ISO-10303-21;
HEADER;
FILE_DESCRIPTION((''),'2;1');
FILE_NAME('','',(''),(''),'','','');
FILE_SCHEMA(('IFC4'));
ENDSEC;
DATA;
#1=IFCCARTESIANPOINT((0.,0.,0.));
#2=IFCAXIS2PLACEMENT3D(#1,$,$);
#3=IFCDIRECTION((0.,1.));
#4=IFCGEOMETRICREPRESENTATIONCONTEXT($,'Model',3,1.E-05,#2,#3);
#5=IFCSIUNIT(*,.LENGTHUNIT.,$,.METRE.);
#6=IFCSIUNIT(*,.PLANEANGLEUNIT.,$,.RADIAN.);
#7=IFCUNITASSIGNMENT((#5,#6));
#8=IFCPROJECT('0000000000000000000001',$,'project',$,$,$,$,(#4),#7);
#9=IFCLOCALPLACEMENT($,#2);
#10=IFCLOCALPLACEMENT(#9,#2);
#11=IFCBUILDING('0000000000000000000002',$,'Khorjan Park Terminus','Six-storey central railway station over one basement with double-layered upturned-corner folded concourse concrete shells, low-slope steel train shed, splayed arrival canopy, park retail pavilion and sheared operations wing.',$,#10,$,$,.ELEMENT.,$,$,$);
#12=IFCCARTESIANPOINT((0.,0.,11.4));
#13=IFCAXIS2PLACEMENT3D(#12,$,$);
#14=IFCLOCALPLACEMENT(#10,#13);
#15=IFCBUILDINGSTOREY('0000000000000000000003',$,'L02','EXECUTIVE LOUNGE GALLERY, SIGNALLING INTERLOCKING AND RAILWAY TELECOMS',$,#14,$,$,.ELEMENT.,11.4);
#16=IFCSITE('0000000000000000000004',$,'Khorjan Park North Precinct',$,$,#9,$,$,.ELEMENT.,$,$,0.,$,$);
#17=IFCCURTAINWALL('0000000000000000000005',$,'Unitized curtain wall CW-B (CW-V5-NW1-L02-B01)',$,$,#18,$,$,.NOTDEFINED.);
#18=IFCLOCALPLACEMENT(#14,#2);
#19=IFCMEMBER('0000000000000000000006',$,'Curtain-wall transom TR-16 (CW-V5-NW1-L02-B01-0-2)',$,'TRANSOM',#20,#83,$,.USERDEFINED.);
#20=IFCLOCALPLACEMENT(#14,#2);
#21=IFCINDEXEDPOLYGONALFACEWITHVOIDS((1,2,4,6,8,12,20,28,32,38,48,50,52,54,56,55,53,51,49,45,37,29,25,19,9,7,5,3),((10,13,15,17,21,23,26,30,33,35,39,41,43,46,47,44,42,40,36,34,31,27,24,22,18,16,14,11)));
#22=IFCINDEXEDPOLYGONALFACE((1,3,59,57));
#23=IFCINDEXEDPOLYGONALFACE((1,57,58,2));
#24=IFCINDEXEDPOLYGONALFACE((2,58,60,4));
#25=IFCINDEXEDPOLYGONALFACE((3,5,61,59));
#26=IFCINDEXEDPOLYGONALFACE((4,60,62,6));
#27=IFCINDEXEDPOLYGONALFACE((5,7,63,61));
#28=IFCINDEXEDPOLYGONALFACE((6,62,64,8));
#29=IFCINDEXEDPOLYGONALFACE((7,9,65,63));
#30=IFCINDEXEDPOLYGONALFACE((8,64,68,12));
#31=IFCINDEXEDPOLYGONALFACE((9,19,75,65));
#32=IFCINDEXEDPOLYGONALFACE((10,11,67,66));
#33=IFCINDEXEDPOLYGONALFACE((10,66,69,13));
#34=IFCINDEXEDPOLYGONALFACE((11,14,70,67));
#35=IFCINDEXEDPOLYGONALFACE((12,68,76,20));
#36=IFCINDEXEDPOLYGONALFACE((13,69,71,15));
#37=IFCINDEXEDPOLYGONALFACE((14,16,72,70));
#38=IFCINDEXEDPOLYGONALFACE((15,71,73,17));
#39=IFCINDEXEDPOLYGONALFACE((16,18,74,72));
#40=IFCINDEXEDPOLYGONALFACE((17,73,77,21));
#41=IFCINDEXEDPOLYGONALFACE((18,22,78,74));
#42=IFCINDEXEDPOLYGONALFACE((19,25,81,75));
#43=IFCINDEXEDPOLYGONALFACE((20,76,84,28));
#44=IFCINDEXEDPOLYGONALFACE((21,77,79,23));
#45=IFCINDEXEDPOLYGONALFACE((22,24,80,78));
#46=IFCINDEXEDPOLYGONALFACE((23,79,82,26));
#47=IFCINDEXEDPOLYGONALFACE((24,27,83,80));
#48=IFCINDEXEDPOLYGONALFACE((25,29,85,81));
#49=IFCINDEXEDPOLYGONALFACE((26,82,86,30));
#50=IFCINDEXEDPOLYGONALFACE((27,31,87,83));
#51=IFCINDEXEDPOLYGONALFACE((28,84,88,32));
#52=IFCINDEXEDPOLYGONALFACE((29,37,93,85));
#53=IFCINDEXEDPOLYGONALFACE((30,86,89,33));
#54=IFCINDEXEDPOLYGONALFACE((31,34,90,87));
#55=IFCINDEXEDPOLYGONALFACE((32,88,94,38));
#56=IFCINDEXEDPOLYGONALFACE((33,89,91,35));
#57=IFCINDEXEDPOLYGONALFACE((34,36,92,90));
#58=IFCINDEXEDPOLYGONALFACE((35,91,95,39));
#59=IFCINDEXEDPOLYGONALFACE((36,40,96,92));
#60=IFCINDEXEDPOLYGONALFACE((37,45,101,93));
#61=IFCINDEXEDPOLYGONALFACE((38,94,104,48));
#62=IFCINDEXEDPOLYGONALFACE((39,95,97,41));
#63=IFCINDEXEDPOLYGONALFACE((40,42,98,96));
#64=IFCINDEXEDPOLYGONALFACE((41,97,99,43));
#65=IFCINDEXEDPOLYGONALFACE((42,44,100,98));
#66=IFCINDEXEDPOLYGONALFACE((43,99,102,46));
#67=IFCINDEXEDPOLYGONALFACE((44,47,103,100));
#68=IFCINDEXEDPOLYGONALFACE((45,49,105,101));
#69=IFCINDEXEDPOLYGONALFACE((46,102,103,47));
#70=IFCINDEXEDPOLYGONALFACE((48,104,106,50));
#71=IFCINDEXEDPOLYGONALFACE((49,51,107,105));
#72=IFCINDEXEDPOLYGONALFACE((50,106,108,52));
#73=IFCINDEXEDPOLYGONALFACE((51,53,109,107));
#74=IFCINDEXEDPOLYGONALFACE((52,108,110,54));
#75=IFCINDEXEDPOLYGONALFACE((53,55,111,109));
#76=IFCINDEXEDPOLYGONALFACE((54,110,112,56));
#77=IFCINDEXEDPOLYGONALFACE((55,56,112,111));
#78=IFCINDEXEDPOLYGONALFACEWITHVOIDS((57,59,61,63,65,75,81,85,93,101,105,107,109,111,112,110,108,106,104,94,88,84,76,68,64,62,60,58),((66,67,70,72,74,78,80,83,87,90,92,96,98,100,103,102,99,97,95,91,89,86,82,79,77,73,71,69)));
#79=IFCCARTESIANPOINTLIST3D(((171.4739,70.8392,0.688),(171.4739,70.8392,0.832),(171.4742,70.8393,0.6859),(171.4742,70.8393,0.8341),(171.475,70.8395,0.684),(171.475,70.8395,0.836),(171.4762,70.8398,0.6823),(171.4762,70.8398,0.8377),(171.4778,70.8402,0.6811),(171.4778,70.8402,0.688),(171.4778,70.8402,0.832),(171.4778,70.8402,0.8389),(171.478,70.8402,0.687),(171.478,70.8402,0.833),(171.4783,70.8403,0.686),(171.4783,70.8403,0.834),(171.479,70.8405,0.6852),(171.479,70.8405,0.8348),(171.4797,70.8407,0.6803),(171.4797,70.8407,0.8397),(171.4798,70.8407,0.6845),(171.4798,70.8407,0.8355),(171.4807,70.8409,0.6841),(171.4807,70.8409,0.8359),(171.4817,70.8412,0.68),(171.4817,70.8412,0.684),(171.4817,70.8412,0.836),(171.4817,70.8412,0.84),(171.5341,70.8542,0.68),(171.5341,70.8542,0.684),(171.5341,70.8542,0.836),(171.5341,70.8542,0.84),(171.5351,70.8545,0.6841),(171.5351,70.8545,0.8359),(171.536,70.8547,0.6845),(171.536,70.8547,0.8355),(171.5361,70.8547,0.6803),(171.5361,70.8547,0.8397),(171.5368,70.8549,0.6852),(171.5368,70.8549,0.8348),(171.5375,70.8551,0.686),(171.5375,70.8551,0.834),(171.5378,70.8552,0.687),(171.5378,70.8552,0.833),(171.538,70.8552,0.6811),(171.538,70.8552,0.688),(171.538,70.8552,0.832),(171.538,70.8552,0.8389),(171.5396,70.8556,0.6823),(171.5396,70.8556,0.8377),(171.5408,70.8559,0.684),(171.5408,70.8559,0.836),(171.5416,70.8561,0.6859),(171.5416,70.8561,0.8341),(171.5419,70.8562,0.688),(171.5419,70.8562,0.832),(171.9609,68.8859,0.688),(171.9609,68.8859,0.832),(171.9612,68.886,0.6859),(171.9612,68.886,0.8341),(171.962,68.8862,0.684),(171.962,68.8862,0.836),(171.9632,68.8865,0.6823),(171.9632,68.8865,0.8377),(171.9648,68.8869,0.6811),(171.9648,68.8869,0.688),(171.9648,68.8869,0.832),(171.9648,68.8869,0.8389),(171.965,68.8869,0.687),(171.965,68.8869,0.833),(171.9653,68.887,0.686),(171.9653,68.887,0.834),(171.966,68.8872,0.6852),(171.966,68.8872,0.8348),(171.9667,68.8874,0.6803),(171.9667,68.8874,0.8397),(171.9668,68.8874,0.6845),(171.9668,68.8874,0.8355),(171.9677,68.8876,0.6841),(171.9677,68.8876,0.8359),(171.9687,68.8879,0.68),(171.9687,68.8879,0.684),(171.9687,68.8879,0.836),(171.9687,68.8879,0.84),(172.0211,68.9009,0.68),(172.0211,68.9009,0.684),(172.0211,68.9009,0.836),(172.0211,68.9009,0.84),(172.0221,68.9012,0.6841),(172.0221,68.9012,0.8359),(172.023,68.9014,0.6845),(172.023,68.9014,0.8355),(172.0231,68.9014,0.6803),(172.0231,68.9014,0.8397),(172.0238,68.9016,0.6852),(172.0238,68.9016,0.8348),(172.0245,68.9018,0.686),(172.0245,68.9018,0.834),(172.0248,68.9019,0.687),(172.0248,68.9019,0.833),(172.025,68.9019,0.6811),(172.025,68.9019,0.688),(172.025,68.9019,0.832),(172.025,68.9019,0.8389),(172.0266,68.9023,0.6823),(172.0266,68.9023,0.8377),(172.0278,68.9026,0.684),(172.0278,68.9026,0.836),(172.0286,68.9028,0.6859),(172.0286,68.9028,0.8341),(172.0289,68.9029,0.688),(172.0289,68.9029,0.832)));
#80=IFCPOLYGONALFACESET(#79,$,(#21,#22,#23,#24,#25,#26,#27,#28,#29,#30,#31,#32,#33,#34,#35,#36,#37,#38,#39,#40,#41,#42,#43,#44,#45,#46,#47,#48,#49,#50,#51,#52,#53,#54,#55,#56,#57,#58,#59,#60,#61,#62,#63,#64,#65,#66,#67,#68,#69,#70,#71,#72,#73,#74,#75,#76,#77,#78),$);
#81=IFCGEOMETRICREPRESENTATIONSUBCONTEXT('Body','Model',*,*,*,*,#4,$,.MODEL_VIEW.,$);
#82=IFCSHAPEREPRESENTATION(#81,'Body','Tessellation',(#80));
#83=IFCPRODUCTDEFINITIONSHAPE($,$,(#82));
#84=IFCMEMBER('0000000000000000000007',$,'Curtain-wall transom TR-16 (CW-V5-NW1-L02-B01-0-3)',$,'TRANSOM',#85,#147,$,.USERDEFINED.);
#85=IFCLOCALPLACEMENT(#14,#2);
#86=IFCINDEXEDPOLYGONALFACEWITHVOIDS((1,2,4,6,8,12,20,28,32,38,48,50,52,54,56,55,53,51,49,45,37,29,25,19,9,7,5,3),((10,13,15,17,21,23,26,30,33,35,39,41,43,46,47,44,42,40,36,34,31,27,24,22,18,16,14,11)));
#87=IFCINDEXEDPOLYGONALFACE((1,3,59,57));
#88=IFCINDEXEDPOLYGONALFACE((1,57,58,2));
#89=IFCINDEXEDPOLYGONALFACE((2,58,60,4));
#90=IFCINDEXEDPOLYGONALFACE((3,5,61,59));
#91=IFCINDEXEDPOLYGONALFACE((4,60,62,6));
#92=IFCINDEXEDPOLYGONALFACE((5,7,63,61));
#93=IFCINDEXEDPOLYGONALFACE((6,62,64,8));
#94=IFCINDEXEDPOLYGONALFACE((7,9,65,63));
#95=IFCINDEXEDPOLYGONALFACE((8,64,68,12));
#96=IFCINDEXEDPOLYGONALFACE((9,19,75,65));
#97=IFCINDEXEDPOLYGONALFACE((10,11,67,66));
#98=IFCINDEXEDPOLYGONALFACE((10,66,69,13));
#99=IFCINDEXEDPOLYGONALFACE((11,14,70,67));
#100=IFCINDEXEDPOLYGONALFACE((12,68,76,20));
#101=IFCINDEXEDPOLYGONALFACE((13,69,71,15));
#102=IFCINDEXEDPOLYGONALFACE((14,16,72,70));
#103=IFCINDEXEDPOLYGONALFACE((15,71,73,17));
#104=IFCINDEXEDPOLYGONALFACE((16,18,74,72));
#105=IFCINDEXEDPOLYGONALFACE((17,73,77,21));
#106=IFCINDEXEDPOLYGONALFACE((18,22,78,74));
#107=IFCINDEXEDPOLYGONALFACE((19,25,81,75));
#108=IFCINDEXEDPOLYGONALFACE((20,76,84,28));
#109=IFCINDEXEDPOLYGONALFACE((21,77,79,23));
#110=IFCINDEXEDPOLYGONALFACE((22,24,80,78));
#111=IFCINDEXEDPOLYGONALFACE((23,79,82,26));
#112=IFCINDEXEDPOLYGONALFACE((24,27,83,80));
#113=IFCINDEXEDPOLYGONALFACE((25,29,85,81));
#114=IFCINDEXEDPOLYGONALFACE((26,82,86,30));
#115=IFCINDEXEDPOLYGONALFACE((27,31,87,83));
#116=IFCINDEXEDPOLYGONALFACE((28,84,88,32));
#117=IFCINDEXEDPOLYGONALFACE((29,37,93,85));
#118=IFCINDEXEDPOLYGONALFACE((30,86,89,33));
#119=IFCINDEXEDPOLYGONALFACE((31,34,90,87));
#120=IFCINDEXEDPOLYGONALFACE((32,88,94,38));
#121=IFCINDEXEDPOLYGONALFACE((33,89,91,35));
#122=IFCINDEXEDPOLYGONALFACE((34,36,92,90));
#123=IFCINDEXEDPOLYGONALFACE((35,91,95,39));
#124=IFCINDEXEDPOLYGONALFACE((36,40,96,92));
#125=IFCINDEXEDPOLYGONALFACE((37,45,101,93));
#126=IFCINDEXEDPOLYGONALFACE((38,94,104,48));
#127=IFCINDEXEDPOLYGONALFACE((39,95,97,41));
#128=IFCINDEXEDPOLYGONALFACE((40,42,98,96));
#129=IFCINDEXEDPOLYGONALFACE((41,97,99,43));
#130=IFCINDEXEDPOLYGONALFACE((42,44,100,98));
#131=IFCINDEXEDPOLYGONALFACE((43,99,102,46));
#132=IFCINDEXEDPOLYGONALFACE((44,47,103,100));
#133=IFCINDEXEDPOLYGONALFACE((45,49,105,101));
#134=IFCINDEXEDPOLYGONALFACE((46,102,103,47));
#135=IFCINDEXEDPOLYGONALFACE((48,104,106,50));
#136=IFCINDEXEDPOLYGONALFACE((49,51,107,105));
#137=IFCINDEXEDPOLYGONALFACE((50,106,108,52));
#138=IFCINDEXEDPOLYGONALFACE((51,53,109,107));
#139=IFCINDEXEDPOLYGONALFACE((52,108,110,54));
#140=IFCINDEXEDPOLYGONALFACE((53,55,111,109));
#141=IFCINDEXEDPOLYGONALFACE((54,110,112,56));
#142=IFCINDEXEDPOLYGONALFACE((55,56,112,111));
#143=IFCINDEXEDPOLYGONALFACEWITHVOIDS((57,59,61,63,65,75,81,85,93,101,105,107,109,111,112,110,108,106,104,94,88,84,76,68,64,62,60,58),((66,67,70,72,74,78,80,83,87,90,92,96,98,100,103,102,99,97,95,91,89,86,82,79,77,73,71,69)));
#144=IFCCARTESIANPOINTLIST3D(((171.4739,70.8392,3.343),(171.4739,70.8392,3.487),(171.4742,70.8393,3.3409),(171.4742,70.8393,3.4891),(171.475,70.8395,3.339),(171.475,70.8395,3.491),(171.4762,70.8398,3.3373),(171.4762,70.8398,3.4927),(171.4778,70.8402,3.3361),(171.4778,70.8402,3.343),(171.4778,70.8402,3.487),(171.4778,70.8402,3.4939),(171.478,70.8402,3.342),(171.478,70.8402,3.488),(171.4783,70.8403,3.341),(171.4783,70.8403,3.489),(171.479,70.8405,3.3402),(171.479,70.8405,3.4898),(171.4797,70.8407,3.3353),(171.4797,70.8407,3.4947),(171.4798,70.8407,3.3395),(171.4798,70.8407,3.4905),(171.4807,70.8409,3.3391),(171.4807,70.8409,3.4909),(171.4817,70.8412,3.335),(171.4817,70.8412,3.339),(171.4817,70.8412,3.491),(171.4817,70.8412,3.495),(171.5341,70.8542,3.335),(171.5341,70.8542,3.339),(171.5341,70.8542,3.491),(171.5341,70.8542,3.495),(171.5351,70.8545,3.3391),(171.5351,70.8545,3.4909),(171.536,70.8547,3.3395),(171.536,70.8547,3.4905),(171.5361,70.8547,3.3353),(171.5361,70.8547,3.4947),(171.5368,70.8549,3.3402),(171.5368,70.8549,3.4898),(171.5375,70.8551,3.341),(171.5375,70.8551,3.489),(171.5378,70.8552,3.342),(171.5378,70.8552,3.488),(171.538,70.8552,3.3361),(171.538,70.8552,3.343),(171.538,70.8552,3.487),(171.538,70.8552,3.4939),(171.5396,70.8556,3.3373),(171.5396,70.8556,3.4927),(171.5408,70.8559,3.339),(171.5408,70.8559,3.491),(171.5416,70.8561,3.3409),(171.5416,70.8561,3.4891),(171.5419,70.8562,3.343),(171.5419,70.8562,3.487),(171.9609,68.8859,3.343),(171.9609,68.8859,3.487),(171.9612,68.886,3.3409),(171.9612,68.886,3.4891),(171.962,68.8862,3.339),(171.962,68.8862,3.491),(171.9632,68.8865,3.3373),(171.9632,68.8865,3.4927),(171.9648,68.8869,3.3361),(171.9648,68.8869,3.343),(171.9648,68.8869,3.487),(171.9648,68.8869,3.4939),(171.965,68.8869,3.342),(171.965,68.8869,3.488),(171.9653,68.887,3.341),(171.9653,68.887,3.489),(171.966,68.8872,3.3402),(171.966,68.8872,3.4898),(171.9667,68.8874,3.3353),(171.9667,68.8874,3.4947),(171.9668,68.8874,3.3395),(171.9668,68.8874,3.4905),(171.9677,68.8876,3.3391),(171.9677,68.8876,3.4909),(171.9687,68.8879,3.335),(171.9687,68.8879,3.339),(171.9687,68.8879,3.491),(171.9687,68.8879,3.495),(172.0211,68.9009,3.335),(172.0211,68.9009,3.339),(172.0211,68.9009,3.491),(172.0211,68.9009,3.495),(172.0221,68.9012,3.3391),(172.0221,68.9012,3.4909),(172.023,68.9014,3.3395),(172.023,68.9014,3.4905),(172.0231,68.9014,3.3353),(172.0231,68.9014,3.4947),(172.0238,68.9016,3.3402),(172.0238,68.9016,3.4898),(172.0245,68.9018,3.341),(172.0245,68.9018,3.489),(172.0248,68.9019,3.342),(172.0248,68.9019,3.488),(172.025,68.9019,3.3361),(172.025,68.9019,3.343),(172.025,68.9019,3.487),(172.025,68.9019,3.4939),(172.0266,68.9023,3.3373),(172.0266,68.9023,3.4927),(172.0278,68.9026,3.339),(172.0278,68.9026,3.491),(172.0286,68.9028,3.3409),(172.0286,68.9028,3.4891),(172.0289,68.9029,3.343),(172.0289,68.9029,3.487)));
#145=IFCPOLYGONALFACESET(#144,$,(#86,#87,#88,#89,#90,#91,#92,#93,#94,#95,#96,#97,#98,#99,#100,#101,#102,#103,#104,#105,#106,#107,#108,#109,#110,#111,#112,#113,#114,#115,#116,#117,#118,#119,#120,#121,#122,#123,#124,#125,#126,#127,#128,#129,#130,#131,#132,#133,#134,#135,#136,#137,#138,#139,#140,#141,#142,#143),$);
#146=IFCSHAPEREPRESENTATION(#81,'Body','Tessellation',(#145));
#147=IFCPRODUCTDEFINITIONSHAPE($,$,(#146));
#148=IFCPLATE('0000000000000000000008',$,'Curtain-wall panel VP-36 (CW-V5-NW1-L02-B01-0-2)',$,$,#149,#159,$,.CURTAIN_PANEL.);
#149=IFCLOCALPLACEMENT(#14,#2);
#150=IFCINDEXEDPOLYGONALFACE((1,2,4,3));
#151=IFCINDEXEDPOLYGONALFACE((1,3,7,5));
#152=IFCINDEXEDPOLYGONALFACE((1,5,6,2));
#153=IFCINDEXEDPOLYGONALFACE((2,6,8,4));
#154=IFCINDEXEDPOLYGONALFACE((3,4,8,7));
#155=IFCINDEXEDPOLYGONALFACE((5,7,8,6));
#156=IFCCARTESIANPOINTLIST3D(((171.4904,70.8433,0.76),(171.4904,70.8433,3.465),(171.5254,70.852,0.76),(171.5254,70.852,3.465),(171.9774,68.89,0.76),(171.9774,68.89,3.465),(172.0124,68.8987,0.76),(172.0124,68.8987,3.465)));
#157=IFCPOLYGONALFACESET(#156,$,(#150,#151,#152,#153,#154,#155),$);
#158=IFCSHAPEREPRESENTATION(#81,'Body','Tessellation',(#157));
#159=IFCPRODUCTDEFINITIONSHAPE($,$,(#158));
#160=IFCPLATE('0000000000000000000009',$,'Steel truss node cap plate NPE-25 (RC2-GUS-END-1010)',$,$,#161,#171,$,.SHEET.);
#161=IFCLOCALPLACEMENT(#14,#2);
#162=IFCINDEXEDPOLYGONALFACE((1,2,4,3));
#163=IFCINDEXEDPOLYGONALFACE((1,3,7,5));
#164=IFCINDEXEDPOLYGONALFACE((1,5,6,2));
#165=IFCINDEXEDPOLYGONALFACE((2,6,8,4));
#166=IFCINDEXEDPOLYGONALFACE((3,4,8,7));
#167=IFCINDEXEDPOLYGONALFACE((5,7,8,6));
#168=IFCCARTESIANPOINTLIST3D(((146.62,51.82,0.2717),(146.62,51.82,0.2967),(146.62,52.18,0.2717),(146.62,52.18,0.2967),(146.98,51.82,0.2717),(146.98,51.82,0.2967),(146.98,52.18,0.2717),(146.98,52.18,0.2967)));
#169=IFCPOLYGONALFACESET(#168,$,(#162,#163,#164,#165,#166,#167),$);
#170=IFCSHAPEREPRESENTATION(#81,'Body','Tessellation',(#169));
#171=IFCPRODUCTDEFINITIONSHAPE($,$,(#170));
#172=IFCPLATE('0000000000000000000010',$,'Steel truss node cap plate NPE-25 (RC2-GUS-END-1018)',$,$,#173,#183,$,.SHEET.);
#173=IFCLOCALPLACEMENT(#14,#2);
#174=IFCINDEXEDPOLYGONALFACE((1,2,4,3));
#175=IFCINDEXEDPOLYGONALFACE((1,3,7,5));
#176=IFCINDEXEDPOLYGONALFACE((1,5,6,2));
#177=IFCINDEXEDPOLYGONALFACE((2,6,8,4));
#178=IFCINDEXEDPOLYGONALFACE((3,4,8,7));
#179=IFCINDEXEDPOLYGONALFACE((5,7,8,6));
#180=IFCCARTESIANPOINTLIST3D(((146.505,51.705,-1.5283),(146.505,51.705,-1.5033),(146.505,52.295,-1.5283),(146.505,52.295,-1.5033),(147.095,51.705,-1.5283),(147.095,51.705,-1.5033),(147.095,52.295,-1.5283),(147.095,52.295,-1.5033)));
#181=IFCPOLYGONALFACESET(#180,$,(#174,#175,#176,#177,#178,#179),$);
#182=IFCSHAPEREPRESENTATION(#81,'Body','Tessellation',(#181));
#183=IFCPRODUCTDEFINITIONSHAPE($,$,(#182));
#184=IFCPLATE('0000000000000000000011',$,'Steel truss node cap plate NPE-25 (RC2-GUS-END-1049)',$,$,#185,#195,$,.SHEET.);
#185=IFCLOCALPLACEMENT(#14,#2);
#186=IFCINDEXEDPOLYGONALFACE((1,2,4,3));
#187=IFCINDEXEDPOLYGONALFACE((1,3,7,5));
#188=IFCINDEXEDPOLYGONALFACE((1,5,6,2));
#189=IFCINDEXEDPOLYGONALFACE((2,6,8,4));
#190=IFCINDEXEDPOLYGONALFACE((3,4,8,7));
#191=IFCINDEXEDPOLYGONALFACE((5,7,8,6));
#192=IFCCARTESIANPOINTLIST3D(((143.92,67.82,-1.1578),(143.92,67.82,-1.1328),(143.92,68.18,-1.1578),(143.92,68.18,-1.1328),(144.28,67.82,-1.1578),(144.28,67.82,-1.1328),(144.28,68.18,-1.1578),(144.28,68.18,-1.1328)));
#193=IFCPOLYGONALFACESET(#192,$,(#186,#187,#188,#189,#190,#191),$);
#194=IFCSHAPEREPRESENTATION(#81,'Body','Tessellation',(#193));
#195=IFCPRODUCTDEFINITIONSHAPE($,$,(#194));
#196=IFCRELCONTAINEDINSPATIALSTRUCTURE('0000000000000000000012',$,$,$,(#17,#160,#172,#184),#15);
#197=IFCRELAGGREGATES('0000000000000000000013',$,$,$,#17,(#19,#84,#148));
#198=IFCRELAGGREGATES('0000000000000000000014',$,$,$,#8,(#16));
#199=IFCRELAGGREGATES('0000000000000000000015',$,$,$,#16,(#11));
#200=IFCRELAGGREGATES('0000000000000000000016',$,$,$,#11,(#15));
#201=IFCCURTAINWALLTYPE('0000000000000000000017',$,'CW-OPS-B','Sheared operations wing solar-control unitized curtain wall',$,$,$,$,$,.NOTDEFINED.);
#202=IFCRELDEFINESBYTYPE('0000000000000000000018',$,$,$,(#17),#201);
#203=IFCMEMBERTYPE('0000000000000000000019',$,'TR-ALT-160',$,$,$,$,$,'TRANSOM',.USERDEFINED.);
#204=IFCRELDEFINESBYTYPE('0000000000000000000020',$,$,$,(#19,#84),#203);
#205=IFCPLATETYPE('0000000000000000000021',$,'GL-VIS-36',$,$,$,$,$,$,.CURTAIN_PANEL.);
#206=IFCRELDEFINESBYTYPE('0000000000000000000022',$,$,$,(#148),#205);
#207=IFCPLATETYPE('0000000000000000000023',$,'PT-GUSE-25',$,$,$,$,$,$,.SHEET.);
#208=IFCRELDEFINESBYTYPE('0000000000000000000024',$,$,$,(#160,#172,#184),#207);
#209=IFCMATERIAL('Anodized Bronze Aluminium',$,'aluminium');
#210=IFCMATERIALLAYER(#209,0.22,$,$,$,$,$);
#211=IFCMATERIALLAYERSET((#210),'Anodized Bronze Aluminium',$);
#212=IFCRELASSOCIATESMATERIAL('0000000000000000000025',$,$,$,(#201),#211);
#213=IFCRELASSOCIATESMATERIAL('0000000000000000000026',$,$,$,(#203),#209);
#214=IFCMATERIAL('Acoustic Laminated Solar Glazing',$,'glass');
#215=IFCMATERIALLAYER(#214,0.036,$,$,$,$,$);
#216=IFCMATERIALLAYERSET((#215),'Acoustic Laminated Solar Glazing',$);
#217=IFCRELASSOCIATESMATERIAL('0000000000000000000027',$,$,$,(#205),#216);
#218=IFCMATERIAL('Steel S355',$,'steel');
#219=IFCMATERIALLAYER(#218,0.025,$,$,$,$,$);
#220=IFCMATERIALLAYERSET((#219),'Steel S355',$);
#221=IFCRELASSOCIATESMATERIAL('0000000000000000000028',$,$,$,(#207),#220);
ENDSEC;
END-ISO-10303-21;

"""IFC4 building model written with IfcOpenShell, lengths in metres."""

from ifc_helpers import new_model, si_unit, direction, frame, origin, origin_2d, place, context, subcontext, project, spatial, rectangle, hollow_rectangle, extrude, material, layer, layer_set, material_profile, profile_set, type_object, element, aggregate, save


model = new_model("IFC4")

# Units and contexts
model_context = context("Model", 3, precision=1e-05, world=origin(), true_north=direction((0.0, 1.0)))
body_context = subcontext(model_context, "Body", "Model", "MODEL_VIEW")
ifc_project = project(units=[si_unit("LENGTHUNIT", "METRE"), si_unit("PLANEANGLEUNIT", "RADIAN")], contexts=[model_context])

# Site, building, storey
site_placement = place(None, origin())
site = spatial("IfcSite", under=ifc_project, at=site_placement, Name="Khorjan Park North Precinct", CompositionType="ELEMENT", RefElevation=0.0)
building_placement = place(site_placement, origin())
building = spatial("IfcBuilding", under=site, at=building_placement, Name="Khorjan Park Terminus", Description="Six-storey central railway station over one basement with double-layered upturned-corner folded concourse concrete shells, low-slope steel train shed, splayed arrival canopy, park retail pavilion and sheared operations wing.", CompositionType="ELEMENT")
storey_placement = place(building_placement, frame((0.0, 0.0, 11.4)))
storey = spatial("IfcBuildingStorey", under=building, at=storey_placement, Name="L02", Description="EXECUTIVE LOUNGE GALLERY, SIGNALLING INTERLOCKING AND RAILWAY TELECOMS", CompositionType="ELEMENT", Elevation=11.4)

# Shared definitions
ifc_material_1 = material(Name="Steel S355", Category="steel")

# Curtain wall
ifc_material_2 = material(Name="Anodized Bronze Aluminium", Category="aluminium")
ifc_layer_1 = layer(ifc_material_2, 0.22)
ifc_layer_set_1 = layer_set([ifc_layer_1], Name="Anodized Bronze Aluminium")
curtain_wall_type = type_object("IfcCurtainWallType", Name="CW-OPS-B", Description="Sheared operations wing solar-control unitized curtain wall", PredefinedType="NOTDEFINED", material=ifc_layer_set_1)
curtain_wall_placement = place(storey_placement, origin())
curtain_wall = element("IfcCurtainWall", 1, at=curtain_wall_placement, inside=storey, type_object=curtain_wall_type, Name="Unitized curtain wall CW-B (CW-V5-NW1-L02-B01)", PredefinedType="NOTDEFINED")

# Members
ifc_material_profile_1 = material_profile(ifc_material_2, hollow_rectangle(XDim=0.07, YDim=0.16, WallThickness=0.004, InnerFilletRadius=0.004, OuterFilletRadius=0.008, at=origin_2d()), Name="ALT 70x160x4")
ifc_profile_set_1 = profile_set([ifc_material_profile_1], Name="Anodized Bronze Aluminium")
member_type_1 = type_object("IfcMemberType", Name="TR-ALT-160", ElementType="TRANSOM", PredefinedType="USERDEFINED", material=ifc_profile_set_1)
member_1_placement = place(storey_placement, frame((171.5079, 70.8477, 0.76), z_axis=(0.241916, -0.970297, 0.0), x_axis=(0.970297, 0.241916, 0.0)))
member_1 = element("IfcMember", 2, at=member_1_placement, type_object=member_type_1, Name="Curtain-wall transom TR-16 (CW-V5-NW1-L02-B01-0-2)", ObjectType="TRANSOM", PredefinedType="USERDEFINED", context=body_context, shape_type="SweptSolid", body=[
    extrude(hollow_rectangle(XDim=0.07, YDim=0.16, WallThickness=0.004, InnerFilletRadius=0.004, OuterFilletRadius=0.008, at=origin_2d()), origin(), (0.0, 0.0, 1.0), 2.0131),
])
member_2_placement = place(storey_placement, frame((171.5079, 70.8477, 3.415), z_axis=(0.241916, -0.970297, 0.0), x_axis=(0.970297, 0.241916, 0.0)))
member_2 = element("IfcMember", 3, at=member_2_placement, type_object=member_type_1, Name="Curtain-wall transom TR-16 (CW-V5-NW1-L02-B01-0-3)", ObjectType="TRANSOM", PredefinedType="USERDEFINED", context=body_context, shape_type="SweptSolid", body=[
    extrude(hollow_rectangle(XDim=0.07, YDim=0.16, WallThickness=0.004, InnerFilletRadius=0.004, OuterFilletRadius=0.008, at=origin_2d()), origin(), (0.0, 0.0, 1.0), 2.0131),
])

# Plate
ifc_material_3 = material(Name="Acoustic Laminated Solar Glazing", Category="glass")
ifc_layer_2 = layer(ifc_material_3, 0.036)
ifc_layer_set_2 = layer_set([ifc_layer_2], Name="Acoustic Laminated Solar Glazing")
plate_type_1 = type_object("IfcPlateType", Name="GL-VIS-36", PredefinedType="CURTAIN_PANEL", material=ifc_layer_set_2)
plate_1_placement = place(storey_placement, frame((171.7514, 69.871, 0.76), z_axis=(0.0, 0.0, 1.0), x_axis=(0.241921, -0.970296, 0.0)))
plate_1 = element("IfcPlate", 4, at=plate_1_placement, type_object=plate_type_1, Name="Curtain-wall panel VP-36 (CW-V5-NW1-L02-B01-0-2)", PredefinedType="CURTAIN_PANEL", context=body_context, shape_type="SweptSolid", body=[
    extrude(rectangle(XDim=2.0131, YDim=0.036, at=origin_2d()), origin(), (0.0, 0.0, 1.0), 2.705),
])

# Plates
ifc_layer_3 = layer(ifc_material_1, 0.025)
ifc_layer_set_3 = layer_set([ifc_layer_3], Name="Steel S355")
plate_type_2 = type_object("IfcPlateType", Name="PT-GUSE-25", PredefinedType="SHEET", material=ifc_layer_set_3)
plate_2_placement = place(storey_placement, frame((146.8, 52.0, 0.2717), z_axis=(0.0, 0.0, 1.0), x_axis=(1.0, 0.0, 0.0)))
element("IfcPlate", 5, at=plate_2_placement, inside=storey, type_object=plate_type_2, Name="Steel truss node cap plate NPE-25 (RC2-GUS-END-1010)", PredefinedType="SHEET", context=body_context, shape_type="SweptSolid", body=[
    extrude(rectangle(XDim=0.36, YDim=0.36, at=origin_2d()), origin(), (0.0, 0.0, 1.0), 0.025),
])
plate_3_placement = place(storey_placement, frame((146.8, 52.0, -1.5283), z_axis=(0.0, 0.0, 1.0), x_axis=(1.0, 0.0, 0.0)))
element("IfcPlate", 6, at=plate_3_placement, inside=storey, type_object=plate_type_2, Name="Steel truss node cap plate NPE-25 (RC2-GUS-END-1018)", PredefinedType="SHEET", context=body_context, shape_type="SweptSolid", body=[
    extrude(rectangle(XDim=0.59, YDim=0.59, at=origin_2d()), origin(), (0.0, 0.0, 1.0), 0.025),
])
for number, where, z_axis, x_axis, name in (
    (7, (144.1, 68.0, -1.1578), (0.0, 0.0, 1.0), (1.0, 0.0, 0.0), "Steel truss node cap plate NPE-25 (RC2-GUS-END-1049)"),
):
    element("IfcPlate", number, at=place(storey_placement, frame(where, z_axis=z_axis, x_axis=x_axis)), inside=storey, type_object=plate_type_2, Name=name, PredefinedType="SHEET", context=body_context, shape_type="SweptSolid", body=[
        extrude(rectangle(XDim=0.36, YDim=0.36, at=origin_2d()), origin(), (0.0, 0.0, 1.0), 0.025),
    ])

aggregate(curtain_wall, [member_1, member_2, plate_1])

save(model, "model.ifc")
